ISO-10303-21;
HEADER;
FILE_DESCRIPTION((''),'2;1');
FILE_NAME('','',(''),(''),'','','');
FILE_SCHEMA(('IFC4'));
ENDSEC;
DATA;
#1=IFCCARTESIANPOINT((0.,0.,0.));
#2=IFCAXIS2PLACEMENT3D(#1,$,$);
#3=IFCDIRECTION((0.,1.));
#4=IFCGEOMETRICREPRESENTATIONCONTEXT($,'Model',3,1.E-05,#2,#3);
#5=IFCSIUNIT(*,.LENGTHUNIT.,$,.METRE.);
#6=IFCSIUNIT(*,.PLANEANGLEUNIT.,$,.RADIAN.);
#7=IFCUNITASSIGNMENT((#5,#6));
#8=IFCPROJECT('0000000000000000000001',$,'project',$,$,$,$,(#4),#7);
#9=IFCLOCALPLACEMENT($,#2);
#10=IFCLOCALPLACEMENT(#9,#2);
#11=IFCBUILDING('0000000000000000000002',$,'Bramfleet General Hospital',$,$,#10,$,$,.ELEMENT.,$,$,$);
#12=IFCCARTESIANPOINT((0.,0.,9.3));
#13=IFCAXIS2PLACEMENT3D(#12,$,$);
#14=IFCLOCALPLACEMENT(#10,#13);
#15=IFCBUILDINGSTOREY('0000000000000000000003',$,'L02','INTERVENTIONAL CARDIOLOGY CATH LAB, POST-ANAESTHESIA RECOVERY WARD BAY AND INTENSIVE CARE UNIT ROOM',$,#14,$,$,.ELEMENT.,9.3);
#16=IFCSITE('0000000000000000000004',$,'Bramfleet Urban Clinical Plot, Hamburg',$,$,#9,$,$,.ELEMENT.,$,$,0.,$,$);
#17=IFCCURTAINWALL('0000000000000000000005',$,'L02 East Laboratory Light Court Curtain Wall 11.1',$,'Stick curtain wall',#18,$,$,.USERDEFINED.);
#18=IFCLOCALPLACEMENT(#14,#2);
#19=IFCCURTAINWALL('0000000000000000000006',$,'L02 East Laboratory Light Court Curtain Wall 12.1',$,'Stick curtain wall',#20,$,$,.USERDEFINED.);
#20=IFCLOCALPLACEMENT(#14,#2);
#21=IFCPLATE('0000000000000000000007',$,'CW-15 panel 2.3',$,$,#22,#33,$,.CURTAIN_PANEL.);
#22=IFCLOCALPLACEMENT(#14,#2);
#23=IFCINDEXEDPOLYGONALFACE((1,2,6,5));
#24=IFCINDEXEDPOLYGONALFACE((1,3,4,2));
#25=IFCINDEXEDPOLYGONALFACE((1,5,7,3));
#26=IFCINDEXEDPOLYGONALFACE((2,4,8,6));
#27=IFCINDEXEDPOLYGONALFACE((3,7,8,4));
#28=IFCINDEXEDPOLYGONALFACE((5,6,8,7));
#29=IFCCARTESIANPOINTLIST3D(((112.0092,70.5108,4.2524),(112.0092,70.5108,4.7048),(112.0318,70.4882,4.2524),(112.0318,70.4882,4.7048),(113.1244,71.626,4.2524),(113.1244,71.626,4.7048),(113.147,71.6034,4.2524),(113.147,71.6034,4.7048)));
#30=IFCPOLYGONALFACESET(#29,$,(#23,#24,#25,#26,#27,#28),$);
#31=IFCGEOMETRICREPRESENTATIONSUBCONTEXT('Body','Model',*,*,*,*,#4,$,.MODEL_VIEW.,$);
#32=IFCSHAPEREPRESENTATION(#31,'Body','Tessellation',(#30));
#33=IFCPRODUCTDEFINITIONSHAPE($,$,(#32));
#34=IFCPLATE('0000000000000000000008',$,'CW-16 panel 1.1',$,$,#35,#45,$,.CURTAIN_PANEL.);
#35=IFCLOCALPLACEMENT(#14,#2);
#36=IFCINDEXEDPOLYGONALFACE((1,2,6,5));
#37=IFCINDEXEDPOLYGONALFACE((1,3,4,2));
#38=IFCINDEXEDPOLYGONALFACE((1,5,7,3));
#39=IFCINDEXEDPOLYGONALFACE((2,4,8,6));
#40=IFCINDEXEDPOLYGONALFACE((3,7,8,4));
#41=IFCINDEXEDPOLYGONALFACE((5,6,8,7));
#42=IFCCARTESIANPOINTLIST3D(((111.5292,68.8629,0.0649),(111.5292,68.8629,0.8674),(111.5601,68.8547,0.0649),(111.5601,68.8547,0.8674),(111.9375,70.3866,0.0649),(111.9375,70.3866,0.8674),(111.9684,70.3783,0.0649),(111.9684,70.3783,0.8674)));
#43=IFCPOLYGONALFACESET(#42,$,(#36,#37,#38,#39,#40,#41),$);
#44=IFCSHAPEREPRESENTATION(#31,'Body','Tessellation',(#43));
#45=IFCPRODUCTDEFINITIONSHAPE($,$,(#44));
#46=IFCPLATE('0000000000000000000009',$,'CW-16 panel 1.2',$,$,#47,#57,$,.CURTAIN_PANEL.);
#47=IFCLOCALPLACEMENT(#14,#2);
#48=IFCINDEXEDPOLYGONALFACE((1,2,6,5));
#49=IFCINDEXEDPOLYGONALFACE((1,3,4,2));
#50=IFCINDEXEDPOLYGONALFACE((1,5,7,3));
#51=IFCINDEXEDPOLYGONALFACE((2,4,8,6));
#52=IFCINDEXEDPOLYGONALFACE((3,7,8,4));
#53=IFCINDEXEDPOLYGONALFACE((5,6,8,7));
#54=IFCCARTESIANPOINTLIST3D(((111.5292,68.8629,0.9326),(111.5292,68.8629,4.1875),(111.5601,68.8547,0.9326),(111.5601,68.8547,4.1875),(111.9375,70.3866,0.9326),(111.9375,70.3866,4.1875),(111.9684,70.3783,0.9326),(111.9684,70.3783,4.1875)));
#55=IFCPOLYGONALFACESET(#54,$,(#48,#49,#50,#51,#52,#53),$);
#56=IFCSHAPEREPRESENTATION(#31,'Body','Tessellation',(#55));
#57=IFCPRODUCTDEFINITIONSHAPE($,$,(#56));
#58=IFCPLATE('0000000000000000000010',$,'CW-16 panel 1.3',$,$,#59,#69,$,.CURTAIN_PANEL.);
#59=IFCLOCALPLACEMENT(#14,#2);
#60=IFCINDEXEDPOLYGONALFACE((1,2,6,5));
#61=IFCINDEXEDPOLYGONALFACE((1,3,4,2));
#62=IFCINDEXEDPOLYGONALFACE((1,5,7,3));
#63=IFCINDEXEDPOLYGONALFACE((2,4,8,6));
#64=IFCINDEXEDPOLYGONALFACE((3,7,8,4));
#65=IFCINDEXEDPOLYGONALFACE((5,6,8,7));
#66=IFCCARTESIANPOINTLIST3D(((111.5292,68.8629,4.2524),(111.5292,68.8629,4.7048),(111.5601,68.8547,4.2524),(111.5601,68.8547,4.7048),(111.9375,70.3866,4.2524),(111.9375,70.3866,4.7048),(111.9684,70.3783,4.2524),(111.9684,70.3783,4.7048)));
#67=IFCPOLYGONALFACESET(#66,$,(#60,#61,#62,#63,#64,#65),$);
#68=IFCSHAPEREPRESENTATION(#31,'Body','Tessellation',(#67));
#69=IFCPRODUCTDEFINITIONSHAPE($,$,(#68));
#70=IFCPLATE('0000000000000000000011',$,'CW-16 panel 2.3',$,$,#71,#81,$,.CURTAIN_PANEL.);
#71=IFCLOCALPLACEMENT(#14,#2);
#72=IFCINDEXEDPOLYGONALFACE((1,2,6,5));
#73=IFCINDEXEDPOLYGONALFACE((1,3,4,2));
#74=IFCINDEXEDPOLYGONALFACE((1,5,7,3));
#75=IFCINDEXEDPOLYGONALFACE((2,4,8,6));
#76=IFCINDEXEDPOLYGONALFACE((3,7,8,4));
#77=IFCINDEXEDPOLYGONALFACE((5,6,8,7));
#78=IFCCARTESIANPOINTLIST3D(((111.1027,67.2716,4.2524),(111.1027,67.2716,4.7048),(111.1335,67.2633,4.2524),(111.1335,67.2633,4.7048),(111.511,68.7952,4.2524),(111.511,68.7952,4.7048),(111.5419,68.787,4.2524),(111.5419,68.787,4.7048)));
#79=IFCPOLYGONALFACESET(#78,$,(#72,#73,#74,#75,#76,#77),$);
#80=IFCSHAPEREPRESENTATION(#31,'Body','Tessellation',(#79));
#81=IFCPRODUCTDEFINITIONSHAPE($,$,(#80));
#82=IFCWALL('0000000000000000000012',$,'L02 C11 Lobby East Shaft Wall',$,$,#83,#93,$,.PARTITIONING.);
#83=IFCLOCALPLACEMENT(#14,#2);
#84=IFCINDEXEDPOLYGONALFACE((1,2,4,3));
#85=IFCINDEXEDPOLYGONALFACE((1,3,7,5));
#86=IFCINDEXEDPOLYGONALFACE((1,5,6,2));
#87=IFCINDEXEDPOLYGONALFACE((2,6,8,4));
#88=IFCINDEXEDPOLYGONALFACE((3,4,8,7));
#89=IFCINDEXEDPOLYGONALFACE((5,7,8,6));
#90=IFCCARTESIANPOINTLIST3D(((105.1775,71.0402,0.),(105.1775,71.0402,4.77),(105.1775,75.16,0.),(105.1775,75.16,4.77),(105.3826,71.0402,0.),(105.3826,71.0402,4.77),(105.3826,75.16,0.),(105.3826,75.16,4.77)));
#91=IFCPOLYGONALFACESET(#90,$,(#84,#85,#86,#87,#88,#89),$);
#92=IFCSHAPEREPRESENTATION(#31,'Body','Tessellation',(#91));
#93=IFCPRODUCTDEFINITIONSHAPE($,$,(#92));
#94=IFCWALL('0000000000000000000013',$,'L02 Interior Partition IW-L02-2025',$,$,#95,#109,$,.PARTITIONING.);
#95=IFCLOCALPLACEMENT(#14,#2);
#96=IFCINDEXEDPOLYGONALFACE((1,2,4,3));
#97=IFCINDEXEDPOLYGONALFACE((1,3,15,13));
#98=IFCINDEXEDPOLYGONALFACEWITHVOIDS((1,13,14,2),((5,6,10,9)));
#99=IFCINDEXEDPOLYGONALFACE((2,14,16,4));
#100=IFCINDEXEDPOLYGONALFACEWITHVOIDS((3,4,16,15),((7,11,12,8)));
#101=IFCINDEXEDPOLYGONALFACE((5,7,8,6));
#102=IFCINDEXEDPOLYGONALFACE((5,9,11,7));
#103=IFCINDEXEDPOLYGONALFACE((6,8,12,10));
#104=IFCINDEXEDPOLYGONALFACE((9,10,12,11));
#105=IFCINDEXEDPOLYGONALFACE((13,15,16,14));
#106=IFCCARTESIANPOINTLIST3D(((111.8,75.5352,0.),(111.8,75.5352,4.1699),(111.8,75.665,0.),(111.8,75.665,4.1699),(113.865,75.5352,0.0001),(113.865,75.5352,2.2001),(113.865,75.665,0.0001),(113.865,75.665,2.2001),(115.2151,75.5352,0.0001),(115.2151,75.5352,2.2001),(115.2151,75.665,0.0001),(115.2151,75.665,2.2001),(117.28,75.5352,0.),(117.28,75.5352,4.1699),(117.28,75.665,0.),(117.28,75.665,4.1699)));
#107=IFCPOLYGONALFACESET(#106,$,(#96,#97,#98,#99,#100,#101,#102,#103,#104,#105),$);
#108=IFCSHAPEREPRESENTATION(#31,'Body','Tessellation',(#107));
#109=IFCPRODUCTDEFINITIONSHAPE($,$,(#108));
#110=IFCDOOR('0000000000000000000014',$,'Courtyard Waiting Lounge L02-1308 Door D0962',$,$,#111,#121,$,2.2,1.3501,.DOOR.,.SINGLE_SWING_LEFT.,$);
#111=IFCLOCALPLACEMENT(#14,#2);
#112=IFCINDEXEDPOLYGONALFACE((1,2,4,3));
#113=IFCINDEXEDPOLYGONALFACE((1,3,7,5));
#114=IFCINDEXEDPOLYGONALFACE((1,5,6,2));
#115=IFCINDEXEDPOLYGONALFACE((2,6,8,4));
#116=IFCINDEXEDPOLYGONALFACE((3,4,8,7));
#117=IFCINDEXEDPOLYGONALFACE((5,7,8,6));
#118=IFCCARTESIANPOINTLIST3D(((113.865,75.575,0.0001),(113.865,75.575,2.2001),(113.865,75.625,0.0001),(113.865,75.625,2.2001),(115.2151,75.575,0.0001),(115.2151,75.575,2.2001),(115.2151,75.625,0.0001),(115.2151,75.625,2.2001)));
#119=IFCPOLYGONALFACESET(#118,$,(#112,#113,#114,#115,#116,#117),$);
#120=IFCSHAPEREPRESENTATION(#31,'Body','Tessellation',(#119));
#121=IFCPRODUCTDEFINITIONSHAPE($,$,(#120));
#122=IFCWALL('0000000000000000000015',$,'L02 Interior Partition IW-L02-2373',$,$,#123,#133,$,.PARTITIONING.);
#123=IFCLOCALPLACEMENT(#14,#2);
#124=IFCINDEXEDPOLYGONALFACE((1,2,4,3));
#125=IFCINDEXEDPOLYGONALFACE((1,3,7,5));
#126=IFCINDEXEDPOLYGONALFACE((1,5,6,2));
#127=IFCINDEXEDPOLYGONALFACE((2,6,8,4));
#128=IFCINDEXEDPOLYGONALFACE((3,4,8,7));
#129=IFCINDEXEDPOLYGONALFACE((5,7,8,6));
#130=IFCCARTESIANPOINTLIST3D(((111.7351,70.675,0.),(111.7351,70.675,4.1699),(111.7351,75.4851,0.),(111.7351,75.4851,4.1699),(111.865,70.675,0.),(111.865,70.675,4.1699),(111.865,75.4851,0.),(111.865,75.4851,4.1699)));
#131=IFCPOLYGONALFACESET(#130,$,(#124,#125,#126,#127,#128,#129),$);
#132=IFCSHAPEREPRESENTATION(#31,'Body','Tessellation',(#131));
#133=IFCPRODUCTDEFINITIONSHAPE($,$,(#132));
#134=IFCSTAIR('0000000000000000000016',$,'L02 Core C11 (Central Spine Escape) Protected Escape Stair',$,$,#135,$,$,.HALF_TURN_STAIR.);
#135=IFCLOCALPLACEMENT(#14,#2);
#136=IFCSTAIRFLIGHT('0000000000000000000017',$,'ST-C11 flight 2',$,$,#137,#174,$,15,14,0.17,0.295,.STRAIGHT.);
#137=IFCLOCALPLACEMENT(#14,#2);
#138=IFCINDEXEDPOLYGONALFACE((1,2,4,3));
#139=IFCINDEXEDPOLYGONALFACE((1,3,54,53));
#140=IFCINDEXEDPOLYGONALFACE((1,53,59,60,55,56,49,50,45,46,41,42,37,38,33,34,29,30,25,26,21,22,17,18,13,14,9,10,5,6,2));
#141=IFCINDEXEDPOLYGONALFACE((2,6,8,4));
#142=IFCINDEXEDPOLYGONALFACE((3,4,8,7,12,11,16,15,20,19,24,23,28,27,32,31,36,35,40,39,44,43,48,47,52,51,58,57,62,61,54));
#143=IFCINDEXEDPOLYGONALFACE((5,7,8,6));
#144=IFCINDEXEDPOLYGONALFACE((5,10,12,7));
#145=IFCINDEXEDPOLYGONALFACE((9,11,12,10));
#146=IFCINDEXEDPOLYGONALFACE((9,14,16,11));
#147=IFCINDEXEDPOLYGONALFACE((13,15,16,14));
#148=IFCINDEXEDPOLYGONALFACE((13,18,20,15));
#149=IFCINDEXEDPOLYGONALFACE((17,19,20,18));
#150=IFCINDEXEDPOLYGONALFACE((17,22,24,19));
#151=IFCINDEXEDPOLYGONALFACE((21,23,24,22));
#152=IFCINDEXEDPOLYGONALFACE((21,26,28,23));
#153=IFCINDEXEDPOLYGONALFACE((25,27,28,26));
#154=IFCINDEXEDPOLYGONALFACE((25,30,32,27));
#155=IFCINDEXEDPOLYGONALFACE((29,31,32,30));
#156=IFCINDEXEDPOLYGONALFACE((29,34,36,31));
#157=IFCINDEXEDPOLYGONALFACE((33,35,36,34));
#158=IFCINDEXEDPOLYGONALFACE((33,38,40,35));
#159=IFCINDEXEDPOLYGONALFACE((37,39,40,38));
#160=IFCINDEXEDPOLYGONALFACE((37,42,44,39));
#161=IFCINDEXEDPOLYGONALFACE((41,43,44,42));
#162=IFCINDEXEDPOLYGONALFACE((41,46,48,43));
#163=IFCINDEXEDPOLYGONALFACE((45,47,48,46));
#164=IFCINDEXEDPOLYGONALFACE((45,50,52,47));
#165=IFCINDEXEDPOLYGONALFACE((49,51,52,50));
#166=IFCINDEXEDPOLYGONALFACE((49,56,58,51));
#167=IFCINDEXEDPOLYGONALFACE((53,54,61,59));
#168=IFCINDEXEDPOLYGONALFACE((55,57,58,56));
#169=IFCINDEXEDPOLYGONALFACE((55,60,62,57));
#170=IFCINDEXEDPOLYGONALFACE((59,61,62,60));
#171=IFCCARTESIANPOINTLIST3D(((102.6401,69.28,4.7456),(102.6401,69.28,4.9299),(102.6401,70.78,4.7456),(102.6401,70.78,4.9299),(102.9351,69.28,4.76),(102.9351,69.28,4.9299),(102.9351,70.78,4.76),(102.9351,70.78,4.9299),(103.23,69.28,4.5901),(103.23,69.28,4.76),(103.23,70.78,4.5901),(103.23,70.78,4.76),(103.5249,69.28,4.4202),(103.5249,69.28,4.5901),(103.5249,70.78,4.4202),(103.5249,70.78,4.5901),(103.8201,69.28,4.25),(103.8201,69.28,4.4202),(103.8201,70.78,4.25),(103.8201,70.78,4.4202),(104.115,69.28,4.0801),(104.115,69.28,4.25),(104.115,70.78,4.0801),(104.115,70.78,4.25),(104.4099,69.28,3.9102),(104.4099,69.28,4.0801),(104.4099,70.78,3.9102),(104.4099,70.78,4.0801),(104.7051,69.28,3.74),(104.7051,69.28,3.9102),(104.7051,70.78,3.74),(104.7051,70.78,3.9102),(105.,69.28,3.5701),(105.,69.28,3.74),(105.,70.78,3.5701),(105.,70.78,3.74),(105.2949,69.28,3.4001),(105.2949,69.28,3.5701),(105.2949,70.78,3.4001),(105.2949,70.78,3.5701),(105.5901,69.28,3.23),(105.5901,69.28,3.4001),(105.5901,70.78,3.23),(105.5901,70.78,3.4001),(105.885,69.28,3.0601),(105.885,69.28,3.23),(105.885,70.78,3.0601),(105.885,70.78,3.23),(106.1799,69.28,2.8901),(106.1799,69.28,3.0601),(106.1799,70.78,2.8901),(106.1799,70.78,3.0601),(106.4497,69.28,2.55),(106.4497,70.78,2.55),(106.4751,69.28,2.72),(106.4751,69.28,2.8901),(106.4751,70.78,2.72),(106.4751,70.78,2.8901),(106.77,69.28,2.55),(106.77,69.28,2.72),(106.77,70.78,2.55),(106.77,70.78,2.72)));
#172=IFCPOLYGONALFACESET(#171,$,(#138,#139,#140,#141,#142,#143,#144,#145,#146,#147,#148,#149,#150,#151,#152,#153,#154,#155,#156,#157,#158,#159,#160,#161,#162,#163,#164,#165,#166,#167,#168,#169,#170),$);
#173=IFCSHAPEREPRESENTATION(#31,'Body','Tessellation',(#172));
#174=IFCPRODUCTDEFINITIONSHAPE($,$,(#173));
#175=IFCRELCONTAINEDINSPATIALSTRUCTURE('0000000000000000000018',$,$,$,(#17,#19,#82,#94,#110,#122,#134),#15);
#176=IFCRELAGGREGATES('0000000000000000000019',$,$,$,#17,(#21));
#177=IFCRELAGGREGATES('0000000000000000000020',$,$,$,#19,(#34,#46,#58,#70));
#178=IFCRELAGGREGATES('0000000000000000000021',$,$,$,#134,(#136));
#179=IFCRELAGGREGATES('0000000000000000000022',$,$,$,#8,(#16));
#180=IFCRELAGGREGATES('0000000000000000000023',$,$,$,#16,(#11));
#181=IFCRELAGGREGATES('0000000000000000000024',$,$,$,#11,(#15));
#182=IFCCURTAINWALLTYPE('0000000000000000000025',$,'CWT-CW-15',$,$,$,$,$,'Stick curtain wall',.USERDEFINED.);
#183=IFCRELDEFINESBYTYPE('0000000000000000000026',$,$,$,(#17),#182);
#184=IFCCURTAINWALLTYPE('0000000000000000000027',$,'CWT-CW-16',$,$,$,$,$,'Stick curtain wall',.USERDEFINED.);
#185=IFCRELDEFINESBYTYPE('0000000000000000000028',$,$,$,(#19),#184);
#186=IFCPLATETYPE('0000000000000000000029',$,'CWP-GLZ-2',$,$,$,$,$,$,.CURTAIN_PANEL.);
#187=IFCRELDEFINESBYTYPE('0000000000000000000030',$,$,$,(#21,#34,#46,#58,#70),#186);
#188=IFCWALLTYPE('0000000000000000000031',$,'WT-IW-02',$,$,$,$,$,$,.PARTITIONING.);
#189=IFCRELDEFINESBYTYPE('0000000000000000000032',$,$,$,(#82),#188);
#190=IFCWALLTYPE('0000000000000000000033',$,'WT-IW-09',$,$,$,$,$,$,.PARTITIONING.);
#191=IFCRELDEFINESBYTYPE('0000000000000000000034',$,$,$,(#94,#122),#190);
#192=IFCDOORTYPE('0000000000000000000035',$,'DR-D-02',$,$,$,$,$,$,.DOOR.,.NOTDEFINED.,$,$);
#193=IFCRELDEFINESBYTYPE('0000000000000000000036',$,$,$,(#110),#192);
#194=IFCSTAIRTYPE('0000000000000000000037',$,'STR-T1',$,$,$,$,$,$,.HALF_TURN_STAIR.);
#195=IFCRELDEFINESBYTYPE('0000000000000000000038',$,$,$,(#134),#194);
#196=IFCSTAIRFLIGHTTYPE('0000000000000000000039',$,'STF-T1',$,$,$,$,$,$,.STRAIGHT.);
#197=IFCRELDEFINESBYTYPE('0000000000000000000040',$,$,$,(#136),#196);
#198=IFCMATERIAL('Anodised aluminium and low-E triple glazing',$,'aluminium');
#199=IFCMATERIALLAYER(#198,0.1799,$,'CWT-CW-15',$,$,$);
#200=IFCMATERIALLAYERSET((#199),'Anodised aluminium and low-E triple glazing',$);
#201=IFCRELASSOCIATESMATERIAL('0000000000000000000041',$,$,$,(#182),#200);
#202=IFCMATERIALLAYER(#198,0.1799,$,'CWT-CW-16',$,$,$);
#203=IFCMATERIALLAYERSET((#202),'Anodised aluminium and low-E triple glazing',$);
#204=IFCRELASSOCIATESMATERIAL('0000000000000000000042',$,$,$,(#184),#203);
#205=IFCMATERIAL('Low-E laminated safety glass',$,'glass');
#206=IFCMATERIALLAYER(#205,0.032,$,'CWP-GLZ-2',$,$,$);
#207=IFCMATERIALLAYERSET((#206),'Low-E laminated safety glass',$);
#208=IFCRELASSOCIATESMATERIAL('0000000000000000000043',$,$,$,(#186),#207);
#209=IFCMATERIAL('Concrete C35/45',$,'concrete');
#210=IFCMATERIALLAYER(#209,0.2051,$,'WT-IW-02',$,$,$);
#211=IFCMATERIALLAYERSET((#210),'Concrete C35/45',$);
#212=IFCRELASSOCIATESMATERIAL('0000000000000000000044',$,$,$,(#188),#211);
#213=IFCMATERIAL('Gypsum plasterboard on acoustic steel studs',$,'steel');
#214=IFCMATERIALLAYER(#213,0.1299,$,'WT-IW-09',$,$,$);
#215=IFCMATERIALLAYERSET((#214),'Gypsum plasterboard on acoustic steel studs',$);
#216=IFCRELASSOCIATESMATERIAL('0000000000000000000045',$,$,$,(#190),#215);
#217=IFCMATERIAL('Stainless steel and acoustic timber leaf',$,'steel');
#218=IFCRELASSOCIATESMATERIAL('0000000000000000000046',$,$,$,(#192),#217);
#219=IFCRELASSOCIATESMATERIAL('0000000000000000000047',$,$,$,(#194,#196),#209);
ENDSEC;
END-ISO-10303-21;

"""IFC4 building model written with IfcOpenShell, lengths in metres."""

from ifc_helpers import new_model, si_unit, direction, frame, frame_2d, origin, origin_2d, place, context, subcontext, project, spatial, polyline, rectangle, outline, extrude, material, layer, layer_set, type_object, element, fill, aggregate, save


model = new_model("IFC4")

# Units and contexts
model_context = context("Model", 3, precision=1e-05, world=origin(), true_north=direction((0.0, 1.0)))
body_context = subcontext(model_context, "Body", "Model", "MODEL_VIEW")
ifc_project = project(units=[si_unit("LENGTHUNIT", "METRE"), si_unit("PLANEANGLEUNIT", "RADIAN")], contexts=[model_context])

# Site, building, storey
site_placement = place(None, origin())
site = spatial("IfcSite", under=ifc_project, at=site_placement, Name="Bramfleet Urban Clinical Plot, Hamburg", CompositionType="ELEMENT", RefElevation=0.0)
building_placement = place(site_placement, origin())
building = spatial("IfcBuilding", under=site, at=building_placement, Name="Bramfleet General Hospital", CompositionType="ELEMENT")
storey_placement = place(building_placement, frame((0.0, 0.0, 9.3)))
storey = spatial("IfcBuildingStorey", under=building, at=storey_placement, Name="L02", Description="INTERVENTIONAL CARDIOLOGY CATH LAB, POST-ANAESTHESIA RECOVERY WARD BAY AND INTENSIVE CARE UNIT ROOM", CompositionType="ELEMENT", Elevation=9.3)

# Shared definitions
ifc_material_1 = material(Name="Concrete C35/45", Category="concrete")

# Curtain walls
ifc_material_2 = material(Name="Anodised aluminium and low-E triple glazing", Category="aluminium")
ifc_layer_1 = layer(ifc_material_2, 0.1799, Name="CWT-CW-15")
ifc_layer_set_1 = layer_set([ifc_layer_1], Name="Anodised aluminium and low-E triple glazing")
curtain_wall_type_1 = type_object("IfcCurtainWallType", Name="CWT-CW-15", ElementType="Stick curtain wall", PredefinedType="USERDEFINED", material=ifc_layer_set_1)
curtain_wall_1_placement = place(storey_placement, origin())
curtain_wall_1 = element("IfcCurtainWall", 1, at=curtain_wall_1_placement, inside=storey, type_object=curtain_wall_type_1, Name="L02 East Laboratory Light Court Curtain Wall 11.1", ObjectType="Stick curtain wall", PredefinedType="USERDEFINED")
ifc_layer_2 = layer(ifc_material_2, 0.1799, Name="CWT-CW-16")
ifc_layer_set_2 = layer_set([ifc_layer_2], Name="Anodised aluminium and low-E triple glazing")
curtain_wall_type_2 = type_object("IfcCurtainWallType", Name="CWT-CW-16", ElementType="Stick curtain wall", PredefinedType="USERDEFINED", material=ifc_layer_set_2)
curtain_wall_2_placement = place(storey_placement, origin())
curtain_wall_2 = element("IfcCurtainWall", 2, at=curtain_wall_2_placement, inside=storey, type_object=curtain_wall_type_2, Name="L02 East Laboratory Light Court Curtain Wall 12.1", ObjectType="Stick curtain wall", PredefinedType="USERDEFINED")

# Plates
ifc_material_3 = material(Name="Low-E laminated safety glass", Category="glass")
ifc_layer_3 = layer(ifc_material_3, 0.032, Name="CWP-GLZ-2")
ifc_layer_set_3 = layer_set([ifc_layer_3], Name="Low-E laminated safety glass")
plate_type = type_object("IfcPlateType", Name="CWP-GLZ-2", PredefinedType="CURTAIN_PANEL", material=ifc_layer_set_3)
plate_1_placement = place(storey_placement, frame((112.5781, 71.0571, 4.2524), z_axis=(0.0, 0.0, 1.0), x_axis=(-0.707107, -0.707107, 0.0)))
plate_1 = element("IfcPlate", 3, at=plate_1_placement, type_object=plate_type, Name="CW-15 panel 2.3", PredefinedType="CURTAIN_PANEL", context=body_context, shape_type="SweptSolid", body=[
    extrude(rectangle(XDim=1.5771, YDim=0.032, at=origin_2d()), origin(), (0.0, 0.0, 1.0), 0.4524),
])
aggregate(curtain_wall_1, [plate_1])
plate_2_placement = place(storey_placement, frame((111.7488, 69.6206, 0.0649), z_axis=(0.0, 0.0, 1.0), x_axis=(-0.258865, -0.965914, 0.0)))
plate_2 = element("IfcPlate", 4, at=plate_2_placement, type_object=plate_type, Name="CW-16 panel 1.1", PredefinedType="CURTAIN_PANEL", context=body_context, shape_type="SweptSolid", body=[
    extrude(rectangle(XDim=1.5774, YDim=0.032, at=origin_2d()), origin(), (0.0, 0.0, 1.0), 0.8025),
])
plate_3_placement = place(storey_placement, frame((111.7488, 69.6206, 0.9326), z_axis=(0.0, 0.0, 1.0), x_axis=(-0.258865, -0.965914, 0.0)))
plate_3 = element("IfcPlate", 5, at=plate_3_placement, type_object=plate_type, Name="CW-16 panel 1.2", PredefinedType="CURTAIN_PANEL", context=body_context, shape_type="SweptSolid", body=[
    extrude(rectangle(XDim=1.5774, YDim=0.032, at=origin_2d()), origin(), (0.0, 0.0, 1.0), 3.2549),
])
plate_4_placement = place(storey_placement, frame((111.7488, 69.6206, 4.2524), z_axis=(0.0, 0.0, 1.0), x_axis=(-0.258865, -0.965914, 0.0)))
plate_4 = element("IfcPlate", 6, at=plate_4_placement, type_object=plate_type, Name="CW-16 panel 1.3", PredefinedType="CURTAIN_PANEL", context=body_context, shape_type="SweptSolid", body=[
    extrude(rectangle(XDim=1.5774, YDim=0.032, at=origin_2d()), origin(), (0.0, 0.0, 1.0), 0.4524),
])
plate_5_placement = place(storey_placement, frame((111.3223, 68.0293, 4.2524), z_axis=(0.0, 0.0, 1.0), x_axis=(-0.258865, -0.965914, 0.0)))
plate_5 = element("IfcPlate", 7, at=plate_5_placement, type_object=plate_type, Name="CW-16 panel 2.3", PredefinedType="CURTAIN_PANEL", context=body_context, shape_type="SweptSolid", body=[
    extrude(rectangle(XDim=1.5774, YDim=0.032, at=origin_2d()), origin(), (0.0, 0.0, 1.0), 0.4524),
])
aggregate(curtain_wall_2, [plate_2, plate_3, plate_4, plate_5])

# Wall
ifc_layer_4 = layer(ifc_material_1, 0.2051, Name="WT-IW-02")
ifc_layer_set_4 = layer_set([ifc_layer_4], Name="Concrete C35/45")
wall_type_1 = type_object("IfcWallType", Name="WT-IW-02", PredefinedType="PARTITIONING", material=ifc_layer_set_4)
wall_1_placement = place(storey_placement, frame((105.28, 71.04, 0.0), z_axis=(0.0, 0.0, 1.0), x_axis=(0.0, 1.0, 0.0)))
element("IfcWall", 8, at=wall_1_placement, inside=storey, type_object=wall_type_1, Name="L02 C11 Lobby East Shaft Wall", PredefinedType="PARTITIONING", context=body_context, shape_type="SweptSolid", body=[
    extrude(rectangle(XDim=4.1199, YDim=0.2051, at=frame_2d((2.0601, 0.0))), origin(), (0.0, 0.0, 1.0), 4.77),
])

# Wall, opening, door
ifc_material_4 = material(Name="Gypsum plasterboard on acoustic steel studs", Category="steel")
ifc_layer_5 = layer(ifc_material_4, 0.1299, Name="WT-IW-09")
ifc_layer_set_5 = layer_set([ifc_layer_5], Name="Gypsum plasterboard on acoustic steel studs")
wall_type_2 = type_object("IfcWallType", Name="WT-IW-09", PredefinedType="PARTITIONING", material=ifc_layer_set_5)
wall_2_placement = place(storey_placement, frame((111.8, 75.6001, 0.0), z_axis=(0.0, 0.0, 1.0), x_axis=(1.0, 0.0, 0.0)))
wall_2 = element("IfcWall", 9, at=wall_2_placement, inside=storey, type_object=wall_type_2, Name="L02 Interior Partition IW-L02-2025", PredefinedType="PARTITIONING", context=body_context, shape_type="SweptSolid", body=[
    extrude(rectangle(XDim=5.48, YDim=0.1299, at=frame_2d((2.74, 0.0))), origin(), (0.0, 0.0, 1.0), 4.1699),
])
opening_placement = place(wall_2_placement, frame((2.0649, 0.0, 0.0)))
opening = element("IfcOpeningElement", 10, at=opening_placement, cuts=wall_2, PredefinedType="OPENING", context=body_context, shape_type="SweptSolid", body=[
    extrude(rectangle(XDim=1.3501, YDim=2.2, at=frame_2d((0.675, 1.1001))), frame((0.0, 0.075, 0.0), z_axis=(0.0, -1.0, 0.0), x_axis=(1.0, 0.0, 0.0)), (0.0, 0.0, 1.0), 0.1499),
])
ifc_material_5 = material(Name="Stainless steel and acoustic timber leaf", Category="steel")
door_type = type_object("IfcDoorType", Name="DR-D-02", OperationType="NOTDEFINED", PredefinedType="DOOR", material=ifc_material_5)
door_placement = place(opening_placement, origin())
door = element("IfcDoor", 11, at=door_placement, inside=storey, type_object=door_type, Name="Courtyard Waiting Lounge L02-1308 Door D0962", OperationType="SINGLE_SWING_LEFT", OverallHeight=2.2, OverallWidth=1.3501, PredefinedType="DOOR", context=body_context, shape_type="SweptSolid", body=[
    extrude(rectangle(XDim=1.3501, YDim=2.2, at=frame_2d((0.675, 1.1001))), frame((0.0, 0.0249, 0.0), z_axis=(0.0, -1.0, 0.0), x_axis=(1.0, 0.0, 0.0)), (0.0, 0.0, 1.0), 0.05),
])
fill(opening, door)

# Wall
wall_3_placement = place(storey_placement, frame((111.8, 70.675, 0.0), z_axis=(0.0, 0.0, 1.0), x_axis=(0.0, 1.0, 0.0)))
element("IfcWall", 12, at=wall_3_placement, inside=storey, type_object=wall_type_2, Name="L02 Interior Partition IW-L02-2373", PredefinedType="PARTITIONING", context=body_context, shape_type="SweptSolid", body=[
    extrude(rectangle(XDim=4.8101, YDim=0.1299, at=frame_2d((2.405, 0.0))), origin(), (0.0, 0.0, 1.0), 4.1699),
])

# Stair, stair flight
stair_type = type_object("IfcStairType", Name="STR-T1", PredefinedType="HALF_TURN_STAIR", material=ifc_material_1)
stair_placement = place(storey_placement, origin())
stair = element("IfcStair", 13, at=stair_placement, inside=storey, type_object=stair_type, Name="L02 Core C11 (Central Spine Escape) Protected Escape Stair", PredefinedType="HALF_TURN_STAIR")
stair_flight_type = type_object("IfcStairFlightType", Name="STF-T1", PredefinedType="STRAIGHT", material=ifc_material_1)
stair_flight_placement = place(storey_placement, frame((106.77, 70.03, 2.55), z_axis=(0.0, 0.0, 1.0), x_axis=(-1.0, 0.0, 0.0)))
stair_flight = element("IfcStairFlight", 14, at=stair_flight_placement, type_object=stair_flight_type, Name="ST-C11 flight 2", NumberOfRisers=15, NumberOfTreads=14, PredefinedType="STRAIGHT", RiserHeight=0.17, TreadLength=0.295, context=body_context, shape_type="SweptSolid", body=[
    extrude(outline(polyline([(0.0, 0.0), (0.0, 0.1699), (0.2949, 0.1699), (0.2949, 0.3401), (0.5901, 0.3401), (0.5901, 0.51), (0.885, 0.51), (0.885, 0.6799), (1.1799, 0.6799), (1.1799, 0.8501), (1.4751, 0.8501), (1.4751, 1.02), (1.77, 1.02), (1.77, 1.1899), (2.0649, 1.1899), (2.0649, 1.3601), (2.3601, 1.3601), (2.3601, 1.53), (2.655, 1.53), (2.655, 1.7), (2.95, 1.7), (2.95, 1.8701), (3.2451, 1.8701), (3.2451, 2.04), (3.54, 2.04), (3.54, 2.21), (3.835, 2.21), (3.835, 2.3799), (4.1299, 2.3799), (4.1299, 2.55), (4.1299, 2.1956), (0.3203, 0.0), (0.0, 0.0)])), frame((0.0, 0.75, 0.0), z_axis=(0.0, -1.0, 0.0), x_axis=(1.0, 0.0, 0.0)), (0.0, 0.0, 1.0), 1.5),
])
aggregate(stair, [stair_flight])

save(model, "model.ifc")
